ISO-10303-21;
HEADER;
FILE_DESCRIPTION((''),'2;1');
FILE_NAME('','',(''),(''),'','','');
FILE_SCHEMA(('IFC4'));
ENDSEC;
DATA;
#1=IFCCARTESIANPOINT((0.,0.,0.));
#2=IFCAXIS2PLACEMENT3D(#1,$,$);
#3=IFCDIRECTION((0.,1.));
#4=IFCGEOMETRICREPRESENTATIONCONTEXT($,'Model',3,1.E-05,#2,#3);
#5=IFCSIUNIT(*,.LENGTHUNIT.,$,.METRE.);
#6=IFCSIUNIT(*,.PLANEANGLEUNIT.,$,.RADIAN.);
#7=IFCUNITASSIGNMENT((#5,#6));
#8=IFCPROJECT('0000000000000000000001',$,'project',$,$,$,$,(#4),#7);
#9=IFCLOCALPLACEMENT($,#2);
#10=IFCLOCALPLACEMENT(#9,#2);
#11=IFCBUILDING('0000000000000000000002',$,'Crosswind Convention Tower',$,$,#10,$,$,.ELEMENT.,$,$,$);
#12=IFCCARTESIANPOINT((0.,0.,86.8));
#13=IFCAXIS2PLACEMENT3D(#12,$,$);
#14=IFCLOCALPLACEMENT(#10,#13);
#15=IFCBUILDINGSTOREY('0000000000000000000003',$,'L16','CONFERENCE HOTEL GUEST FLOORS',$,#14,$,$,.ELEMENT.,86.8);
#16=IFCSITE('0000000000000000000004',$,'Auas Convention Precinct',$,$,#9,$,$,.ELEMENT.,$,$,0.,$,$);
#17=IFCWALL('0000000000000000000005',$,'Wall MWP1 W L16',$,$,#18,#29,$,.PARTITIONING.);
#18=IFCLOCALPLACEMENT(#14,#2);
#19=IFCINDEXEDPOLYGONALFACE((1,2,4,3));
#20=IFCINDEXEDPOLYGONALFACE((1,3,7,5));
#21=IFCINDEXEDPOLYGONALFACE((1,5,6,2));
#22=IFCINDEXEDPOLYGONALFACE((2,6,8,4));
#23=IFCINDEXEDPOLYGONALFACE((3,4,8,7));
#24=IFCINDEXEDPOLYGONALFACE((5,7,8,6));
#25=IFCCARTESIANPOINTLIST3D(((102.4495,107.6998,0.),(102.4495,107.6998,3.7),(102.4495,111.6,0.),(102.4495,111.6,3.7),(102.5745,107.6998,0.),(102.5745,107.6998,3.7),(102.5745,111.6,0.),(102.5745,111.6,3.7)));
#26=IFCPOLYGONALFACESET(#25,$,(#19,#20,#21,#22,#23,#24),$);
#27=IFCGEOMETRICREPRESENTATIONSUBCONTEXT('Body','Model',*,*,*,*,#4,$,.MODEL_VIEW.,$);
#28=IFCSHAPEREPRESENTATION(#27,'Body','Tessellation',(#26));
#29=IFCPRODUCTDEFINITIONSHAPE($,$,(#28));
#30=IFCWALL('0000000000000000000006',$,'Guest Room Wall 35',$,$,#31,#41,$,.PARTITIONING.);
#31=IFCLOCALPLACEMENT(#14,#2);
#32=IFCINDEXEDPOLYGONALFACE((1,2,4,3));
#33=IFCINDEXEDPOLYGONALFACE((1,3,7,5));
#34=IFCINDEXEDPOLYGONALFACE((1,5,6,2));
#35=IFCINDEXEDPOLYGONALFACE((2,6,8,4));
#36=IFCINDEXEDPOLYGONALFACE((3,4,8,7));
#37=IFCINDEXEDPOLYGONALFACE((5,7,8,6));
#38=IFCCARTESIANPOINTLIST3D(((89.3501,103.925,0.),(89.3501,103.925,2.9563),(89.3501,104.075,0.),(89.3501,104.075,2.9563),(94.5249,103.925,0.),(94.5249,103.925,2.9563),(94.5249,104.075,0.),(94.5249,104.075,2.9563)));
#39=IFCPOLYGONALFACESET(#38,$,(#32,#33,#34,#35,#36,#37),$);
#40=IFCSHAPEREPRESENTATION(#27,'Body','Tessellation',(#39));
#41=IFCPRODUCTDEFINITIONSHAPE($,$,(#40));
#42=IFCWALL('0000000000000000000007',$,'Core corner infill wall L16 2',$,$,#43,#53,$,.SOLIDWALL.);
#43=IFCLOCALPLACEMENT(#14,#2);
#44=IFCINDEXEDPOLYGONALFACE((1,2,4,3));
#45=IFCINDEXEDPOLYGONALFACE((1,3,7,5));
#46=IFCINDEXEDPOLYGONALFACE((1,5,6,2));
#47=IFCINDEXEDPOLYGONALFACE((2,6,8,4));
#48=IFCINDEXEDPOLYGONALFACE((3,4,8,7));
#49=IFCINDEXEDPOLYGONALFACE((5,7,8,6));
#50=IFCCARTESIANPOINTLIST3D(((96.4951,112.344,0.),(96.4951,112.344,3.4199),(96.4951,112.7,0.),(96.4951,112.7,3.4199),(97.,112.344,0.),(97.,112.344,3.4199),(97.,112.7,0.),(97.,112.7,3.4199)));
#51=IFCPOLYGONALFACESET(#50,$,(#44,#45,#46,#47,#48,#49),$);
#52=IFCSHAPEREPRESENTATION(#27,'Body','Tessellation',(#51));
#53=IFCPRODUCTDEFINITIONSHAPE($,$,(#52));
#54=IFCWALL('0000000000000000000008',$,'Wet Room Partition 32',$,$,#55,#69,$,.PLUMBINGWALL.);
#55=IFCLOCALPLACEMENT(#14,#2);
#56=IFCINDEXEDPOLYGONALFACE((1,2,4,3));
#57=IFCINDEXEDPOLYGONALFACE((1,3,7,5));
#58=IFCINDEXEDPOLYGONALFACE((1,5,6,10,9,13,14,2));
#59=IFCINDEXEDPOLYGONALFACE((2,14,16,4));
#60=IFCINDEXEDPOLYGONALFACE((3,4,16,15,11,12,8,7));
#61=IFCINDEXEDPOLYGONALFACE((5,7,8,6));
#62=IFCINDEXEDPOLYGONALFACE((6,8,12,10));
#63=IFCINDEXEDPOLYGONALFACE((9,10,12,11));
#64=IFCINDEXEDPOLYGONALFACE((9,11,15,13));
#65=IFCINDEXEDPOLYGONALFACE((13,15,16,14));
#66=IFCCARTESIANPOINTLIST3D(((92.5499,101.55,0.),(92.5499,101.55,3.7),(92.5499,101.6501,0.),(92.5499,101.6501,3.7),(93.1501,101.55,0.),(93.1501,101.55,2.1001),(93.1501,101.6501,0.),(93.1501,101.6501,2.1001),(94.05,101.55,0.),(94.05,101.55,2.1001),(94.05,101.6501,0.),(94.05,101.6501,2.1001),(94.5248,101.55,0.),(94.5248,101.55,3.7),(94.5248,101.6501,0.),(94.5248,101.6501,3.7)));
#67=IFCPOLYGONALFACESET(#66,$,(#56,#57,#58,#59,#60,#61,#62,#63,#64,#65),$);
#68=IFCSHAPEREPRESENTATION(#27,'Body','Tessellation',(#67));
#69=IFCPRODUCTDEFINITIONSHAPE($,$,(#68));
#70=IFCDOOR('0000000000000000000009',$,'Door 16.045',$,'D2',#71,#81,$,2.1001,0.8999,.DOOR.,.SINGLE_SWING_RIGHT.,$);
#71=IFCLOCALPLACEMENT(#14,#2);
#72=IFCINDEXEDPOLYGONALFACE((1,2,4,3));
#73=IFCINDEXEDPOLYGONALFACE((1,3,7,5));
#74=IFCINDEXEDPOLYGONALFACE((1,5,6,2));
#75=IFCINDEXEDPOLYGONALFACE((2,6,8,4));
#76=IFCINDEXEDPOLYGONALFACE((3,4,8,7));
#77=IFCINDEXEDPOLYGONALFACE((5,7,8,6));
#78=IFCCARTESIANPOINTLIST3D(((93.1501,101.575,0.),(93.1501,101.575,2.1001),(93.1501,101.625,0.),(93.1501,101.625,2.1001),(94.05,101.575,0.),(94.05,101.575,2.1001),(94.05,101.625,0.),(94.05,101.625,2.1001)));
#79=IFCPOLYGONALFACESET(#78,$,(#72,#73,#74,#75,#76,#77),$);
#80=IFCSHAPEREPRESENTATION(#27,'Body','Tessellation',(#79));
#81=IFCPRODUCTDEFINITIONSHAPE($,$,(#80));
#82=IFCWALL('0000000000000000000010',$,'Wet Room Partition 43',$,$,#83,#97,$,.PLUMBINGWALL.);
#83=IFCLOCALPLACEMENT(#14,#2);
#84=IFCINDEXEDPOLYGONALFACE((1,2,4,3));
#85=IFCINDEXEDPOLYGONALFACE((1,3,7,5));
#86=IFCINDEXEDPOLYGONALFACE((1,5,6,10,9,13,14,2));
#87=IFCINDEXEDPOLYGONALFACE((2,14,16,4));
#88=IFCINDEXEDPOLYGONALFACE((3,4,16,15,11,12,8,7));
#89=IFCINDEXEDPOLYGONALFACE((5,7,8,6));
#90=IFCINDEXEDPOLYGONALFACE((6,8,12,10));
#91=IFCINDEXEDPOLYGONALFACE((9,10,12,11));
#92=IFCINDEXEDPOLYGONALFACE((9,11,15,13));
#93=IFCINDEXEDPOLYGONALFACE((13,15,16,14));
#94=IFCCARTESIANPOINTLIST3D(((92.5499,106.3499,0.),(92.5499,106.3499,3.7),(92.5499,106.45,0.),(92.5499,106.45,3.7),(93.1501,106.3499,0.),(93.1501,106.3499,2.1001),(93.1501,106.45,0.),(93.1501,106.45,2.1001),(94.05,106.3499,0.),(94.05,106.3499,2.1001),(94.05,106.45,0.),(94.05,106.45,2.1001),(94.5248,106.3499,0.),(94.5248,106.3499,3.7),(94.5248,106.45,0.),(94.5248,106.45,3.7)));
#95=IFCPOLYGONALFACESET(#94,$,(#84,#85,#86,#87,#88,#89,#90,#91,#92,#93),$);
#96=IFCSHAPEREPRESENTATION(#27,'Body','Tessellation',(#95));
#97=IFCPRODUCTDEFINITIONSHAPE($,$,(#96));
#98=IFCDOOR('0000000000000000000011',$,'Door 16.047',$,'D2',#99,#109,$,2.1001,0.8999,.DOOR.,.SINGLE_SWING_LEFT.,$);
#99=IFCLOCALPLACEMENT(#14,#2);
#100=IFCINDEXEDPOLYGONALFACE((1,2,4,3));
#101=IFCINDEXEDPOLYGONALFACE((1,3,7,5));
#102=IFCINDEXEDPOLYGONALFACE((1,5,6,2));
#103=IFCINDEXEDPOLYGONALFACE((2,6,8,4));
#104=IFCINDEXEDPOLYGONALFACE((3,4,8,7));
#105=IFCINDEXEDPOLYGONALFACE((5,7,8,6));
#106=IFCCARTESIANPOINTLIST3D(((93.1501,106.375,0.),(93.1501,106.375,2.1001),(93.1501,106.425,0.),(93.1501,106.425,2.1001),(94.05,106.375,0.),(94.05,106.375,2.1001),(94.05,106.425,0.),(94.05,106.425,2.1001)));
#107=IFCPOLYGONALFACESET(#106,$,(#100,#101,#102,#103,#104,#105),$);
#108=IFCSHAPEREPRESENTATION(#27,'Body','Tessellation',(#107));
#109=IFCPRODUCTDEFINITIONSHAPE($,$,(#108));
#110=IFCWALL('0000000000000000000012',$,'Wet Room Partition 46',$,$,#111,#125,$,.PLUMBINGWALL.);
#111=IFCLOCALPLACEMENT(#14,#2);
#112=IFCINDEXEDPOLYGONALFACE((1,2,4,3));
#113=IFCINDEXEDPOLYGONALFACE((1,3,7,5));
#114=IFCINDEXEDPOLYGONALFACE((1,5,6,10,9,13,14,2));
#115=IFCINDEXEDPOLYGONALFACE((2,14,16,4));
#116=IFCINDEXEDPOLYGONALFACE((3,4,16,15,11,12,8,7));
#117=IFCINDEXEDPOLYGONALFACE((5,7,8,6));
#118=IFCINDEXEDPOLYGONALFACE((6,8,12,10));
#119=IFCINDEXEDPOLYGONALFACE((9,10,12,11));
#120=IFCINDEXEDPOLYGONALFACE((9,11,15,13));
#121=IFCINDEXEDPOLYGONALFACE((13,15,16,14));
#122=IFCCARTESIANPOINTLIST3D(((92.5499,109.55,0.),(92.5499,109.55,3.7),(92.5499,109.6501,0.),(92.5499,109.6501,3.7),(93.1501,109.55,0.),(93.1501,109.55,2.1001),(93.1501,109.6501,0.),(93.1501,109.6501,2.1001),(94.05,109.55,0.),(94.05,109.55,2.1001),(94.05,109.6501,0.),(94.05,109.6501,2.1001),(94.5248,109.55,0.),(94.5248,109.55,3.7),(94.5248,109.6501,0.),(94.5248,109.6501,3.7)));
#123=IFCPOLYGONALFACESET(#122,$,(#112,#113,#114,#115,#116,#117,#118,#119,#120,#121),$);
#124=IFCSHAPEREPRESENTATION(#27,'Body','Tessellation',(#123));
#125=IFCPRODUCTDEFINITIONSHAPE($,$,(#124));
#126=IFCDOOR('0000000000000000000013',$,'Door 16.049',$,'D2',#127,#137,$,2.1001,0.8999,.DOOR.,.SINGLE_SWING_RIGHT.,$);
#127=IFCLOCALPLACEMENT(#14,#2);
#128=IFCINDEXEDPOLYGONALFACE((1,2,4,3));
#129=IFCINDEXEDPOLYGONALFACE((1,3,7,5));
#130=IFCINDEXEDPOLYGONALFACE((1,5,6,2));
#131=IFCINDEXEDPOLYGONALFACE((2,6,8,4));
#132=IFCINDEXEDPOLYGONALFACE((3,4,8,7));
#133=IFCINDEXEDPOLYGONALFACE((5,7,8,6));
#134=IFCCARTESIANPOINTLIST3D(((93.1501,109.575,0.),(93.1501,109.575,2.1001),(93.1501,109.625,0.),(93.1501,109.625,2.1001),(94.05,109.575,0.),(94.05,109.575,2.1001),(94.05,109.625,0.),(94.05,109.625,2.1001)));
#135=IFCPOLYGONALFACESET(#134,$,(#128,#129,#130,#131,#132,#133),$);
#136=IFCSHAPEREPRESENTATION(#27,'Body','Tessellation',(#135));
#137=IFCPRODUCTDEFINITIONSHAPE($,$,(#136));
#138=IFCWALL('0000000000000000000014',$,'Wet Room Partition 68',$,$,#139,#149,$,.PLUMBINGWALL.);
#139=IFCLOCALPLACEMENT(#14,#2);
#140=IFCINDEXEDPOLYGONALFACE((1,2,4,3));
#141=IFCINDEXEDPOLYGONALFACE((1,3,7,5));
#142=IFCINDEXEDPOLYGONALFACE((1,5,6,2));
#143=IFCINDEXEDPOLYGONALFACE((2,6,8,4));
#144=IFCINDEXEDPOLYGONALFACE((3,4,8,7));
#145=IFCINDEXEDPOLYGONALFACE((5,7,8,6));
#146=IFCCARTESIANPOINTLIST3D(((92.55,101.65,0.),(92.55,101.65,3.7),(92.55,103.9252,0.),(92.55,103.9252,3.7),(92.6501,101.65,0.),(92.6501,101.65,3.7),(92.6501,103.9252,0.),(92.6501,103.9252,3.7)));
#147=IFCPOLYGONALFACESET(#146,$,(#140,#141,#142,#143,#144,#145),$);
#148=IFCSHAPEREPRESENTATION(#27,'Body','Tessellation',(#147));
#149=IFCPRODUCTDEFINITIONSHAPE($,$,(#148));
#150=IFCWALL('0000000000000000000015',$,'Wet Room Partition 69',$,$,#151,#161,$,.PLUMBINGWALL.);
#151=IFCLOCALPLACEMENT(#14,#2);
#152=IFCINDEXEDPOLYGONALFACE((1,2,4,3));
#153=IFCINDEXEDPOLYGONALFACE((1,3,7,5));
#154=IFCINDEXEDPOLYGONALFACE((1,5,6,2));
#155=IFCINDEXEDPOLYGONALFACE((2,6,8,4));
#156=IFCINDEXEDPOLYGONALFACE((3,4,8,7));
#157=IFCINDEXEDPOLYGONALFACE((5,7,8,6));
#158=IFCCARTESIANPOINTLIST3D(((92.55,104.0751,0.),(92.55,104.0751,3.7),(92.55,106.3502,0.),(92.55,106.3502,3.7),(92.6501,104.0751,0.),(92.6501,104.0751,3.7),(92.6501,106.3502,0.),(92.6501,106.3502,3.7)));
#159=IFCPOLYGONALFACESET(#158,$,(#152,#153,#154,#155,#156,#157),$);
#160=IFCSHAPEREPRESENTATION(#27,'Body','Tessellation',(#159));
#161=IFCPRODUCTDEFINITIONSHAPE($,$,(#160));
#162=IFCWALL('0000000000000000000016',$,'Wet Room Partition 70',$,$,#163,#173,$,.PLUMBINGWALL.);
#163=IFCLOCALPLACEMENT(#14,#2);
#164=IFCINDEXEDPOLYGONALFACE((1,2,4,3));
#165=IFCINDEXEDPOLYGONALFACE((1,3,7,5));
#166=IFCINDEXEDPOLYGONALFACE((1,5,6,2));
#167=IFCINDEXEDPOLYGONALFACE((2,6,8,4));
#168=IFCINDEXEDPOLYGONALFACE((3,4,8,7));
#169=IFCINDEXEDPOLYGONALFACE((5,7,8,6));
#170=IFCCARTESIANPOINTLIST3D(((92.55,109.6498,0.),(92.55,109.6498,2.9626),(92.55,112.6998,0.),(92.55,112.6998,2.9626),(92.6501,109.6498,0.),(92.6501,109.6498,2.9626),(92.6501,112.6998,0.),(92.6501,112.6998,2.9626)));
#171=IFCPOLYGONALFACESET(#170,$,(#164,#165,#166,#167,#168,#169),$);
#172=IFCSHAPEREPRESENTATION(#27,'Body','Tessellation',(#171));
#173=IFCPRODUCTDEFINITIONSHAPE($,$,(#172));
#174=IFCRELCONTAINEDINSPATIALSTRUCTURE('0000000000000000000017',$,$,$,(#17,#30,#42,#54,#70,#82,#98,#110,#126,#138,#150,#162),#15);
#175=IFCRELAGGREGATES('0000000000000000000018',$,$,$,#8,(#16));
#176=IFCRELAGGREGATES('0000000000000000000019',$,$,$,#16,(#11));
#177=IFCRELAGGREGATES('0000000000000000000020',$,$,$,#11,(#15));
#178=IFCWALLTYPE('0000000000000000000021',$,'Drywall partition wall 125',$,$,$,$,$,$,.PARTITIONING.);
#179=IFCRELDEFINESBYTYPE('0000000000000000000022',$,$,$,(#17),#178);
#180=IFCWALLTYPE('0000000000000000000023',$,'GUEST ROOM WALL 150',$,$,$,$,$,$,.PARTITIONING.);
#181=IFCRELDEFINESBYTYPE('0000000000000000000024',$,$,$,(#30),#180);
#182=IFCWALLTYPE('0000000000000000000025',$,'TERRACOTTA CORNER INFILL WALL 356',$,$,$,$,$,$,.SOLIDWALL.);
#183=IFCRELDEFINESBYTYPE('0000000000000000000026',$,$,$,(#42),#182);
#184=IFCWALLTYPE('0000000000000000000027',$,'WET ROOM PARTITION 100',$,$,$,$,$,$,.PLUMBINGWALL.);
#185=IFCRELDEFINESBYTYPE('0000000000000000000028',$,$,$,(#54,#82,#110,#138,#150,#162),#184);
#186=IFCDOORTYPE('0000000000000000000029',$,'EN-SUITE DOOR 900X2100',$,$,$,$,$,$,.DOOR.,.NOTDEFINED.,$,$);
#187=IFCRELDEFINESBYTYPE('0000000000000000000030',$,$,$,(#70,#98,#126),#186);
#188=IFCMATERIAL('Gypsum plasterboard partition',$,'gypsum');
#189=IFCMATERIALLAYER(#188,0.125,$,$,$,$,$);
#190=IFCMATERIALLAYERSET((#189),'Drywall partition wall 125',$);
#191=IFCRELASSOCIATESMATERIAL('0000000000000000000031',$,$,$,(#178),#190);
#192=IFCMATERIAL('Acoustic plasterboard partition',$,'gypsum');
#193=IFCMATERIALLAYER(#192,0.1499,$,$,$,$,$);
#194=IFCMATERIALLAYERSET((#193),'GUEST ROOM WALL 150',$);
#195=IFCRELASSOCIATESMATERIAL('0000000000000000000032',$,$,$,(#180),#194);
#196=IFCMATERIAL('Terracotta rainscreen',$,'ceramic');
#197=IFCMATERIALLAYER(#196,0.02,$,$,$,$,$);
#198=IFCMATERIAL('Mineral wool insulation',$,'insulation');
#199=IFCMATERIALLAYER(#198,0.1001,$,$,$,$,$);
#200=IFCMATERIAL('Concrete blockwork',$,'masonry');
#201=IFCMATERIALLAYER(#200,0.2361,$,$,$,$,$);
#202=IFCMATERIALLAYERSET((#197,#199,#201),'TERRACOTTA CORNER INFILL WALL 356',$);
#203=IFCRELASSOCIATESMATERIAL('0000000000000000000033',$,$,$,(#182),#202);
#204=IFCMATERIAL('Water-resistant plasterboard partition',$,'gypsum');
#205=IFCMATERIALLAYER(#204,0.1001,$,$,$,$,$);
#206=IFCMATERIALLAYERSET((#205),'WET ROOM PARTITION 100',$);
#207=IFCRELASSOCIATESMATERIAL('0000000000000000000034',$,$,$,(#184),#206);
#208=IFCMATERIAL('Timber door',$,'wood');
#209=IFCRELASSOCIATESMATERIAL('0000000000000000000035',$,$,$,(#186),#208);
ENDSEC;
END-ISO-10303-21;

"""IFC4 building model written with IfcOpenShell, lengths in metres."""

from ifc_helpers import new_model, si_unit, direction, frame, frame_2d, origin, place, context, subcontext, project, spatial, rectangle, extrude, material, layer, layer_set, type_object, element, fill, save


model = new_model("IFC4")

# Units and contexts
model_context = context("Model", 3, precision=1e-05, world=origin(), true_north=direction((0.0, 1.0)))
body_context = subcontext(model_context, "Body", "Model", "MODEL_VIEW")
ifc_project = project(units=[si_unit("LENGTHUNIT", "METRE"), si_unit("PLANEANGLEUNIT", "RADIAN")], contexts=[model_context])

# Site, building, storey
site_placement = place(None, origin())
site = spatial("IfcSite", under=ifc_project, at=site_placement, Name="Auas Convention Precinct", CompositionType="ELEMENT", RefElevation=0.0)
building_placement = place(site_placement, origin())
building = spatial("IfcBuilding", under=site, at=building_placement, Name="Crosswind Convention Tower", CompositionType="ELEMENT")
storey_placement = place(building_placement, frame((0.0, 0.0, 86.8)))
storey = spatial("IfcBuildingStorey", under=building, at=storey_placement, Name="L16", Description="CONFERENCE HOTEL GUEST FLOORS", CompositionType="ELEMENT", Elevation=86.8)

# Walls
ifc_material_1 = material(Name="Gypsum plasterboard partition", Category="gypsum")
ifc_layer_1 = layer(ifc_material_1, 0.125)
ifc_layer_set_1 = layer_set([ifc_layer_1], Name="Drywall partition wall 125")
wall_type_1 = type_object("IfcWallType", Name="Drywall partition wall 125", PredefinedType="PARTITIONING", material=ifc_layer_set_1)
wall_1_placement = place(storey_placement, frame((102.512, 111.6001, 0.0), z_axis=(0.0, 0.0, 1.0), x_axis=(0.0, -1.0, 0.0)))
element("IfcWall", 1, at=wall_1_placement, inside=storey, type_object=wall_type_1, Name="Wall MWP1 W L16", PredefinedType="PARTITIONING", context=body_context, shape_type="SweptSolid", body=[
    extrude(rectangle(XDim=3.9001, YDim=0.125, at=frame_2d((1.9502, 0.0))), origin(), (0.0, 0.0, 1.0), 3.7),
])
ifc_material_2 = material(Name="Acoustic plasterboard partition", Category="gypsum")
ifc_layer_2 = layer(ifc_material_2, 0.1499)
ifc_layer_set_2 = layer_set([ifc_layer_2], Name="GUEST ROOM WALL 150")
wall_type_2 = type_object("IfcWallType", Name="GUEST ROOM WALL 150", PredefinedType="PARTITIONING", material=ifc_layer_set_2)
wall_2_placement = place(storey_placement, frame((89.3501, 104.0, 0.0), z_axis=(0.0, 0.0, 1.0), x_axis=(1.0, 0.0, 0.0)))
element("IfcWall", 2, at=wall_2_placement, inside=storey, type_object=wall_type_2, Name="Guest Room Wall 35", PredefinedType="PARTITIONING", context=body_context, shape_type="SweptSolid", body=[
    extrude(rectangle(XDim=5.1748, YDim=0.1499, at=frame_2d((2.5874, 0.0))), origin(), (0.0, 0.0, 1.0), 2.9563),
])
ifc_material_3 = material(Name="Terracotta rainscreen", Category="ceramic")
ifc_layer_3 = layer(ifc_material_3, 0.02)
ifc_material_4 = material(Name="Mineral wool insulation", Category="insulation")
ifc_layer_4 = layer(ifc_material_4, 0.1001)
ifc_material_5 = material(Name="Concrete blockwork", Category="masonry")
ifc_layer_5 = layer(ifc_material_5, 0.2361)
ifc_layer_set_3 = layer_set([ifc_layer_3, ifc_layer_4, ifc_layer_5], Name="TERRACOTTA CORNER INFILL WALL 356")
wall_type_3 = type_object("IfcWallType", Name="TERRACOTTA CORNER INFILL WALL 356", PredefinedType="SOLIDWALL", material=ifc_layer_set_3)
wall_3_placement = place(storey_placement, frame((96.4951, 112.522, 0.0), z_axis=(0.0, 0.0, 1.0), x_axis=(1.0, 0.0, 0.0)))
element("IfcWall", 3, at=wall_3_placement, inside=storey, type_object=wall_type_3, Name="Core corner infill wall L16 2", PredefinedType="SOLIDWALL", context=body_context, shape_type="SweptSolid", body=[
    extrude(rectangle(XDim=0.5049, YDim=0.356, at=frame_2d((0.2524, 0.0))), origin(), (0.0, 0.0, 1.0), 3.4199),
])

# Walls, openings, doors
ifc_material_6 = material(Name="Water-resistant plasterboard partition", Category="gypsum")
ifc_layer_6 = layer(ifc_material_6, 0.1001)
ifc_layer_set_4 = layer_set([ifc_layer_6], Name="WET ROOM PARTITION 100")
wall_type_4 = type_object("IfcWallType", Name="WET ROOM PARTITION 100", PredefinedType="PLUMBINGWALL", material=ifc_layer_set_4)
wall_4_placement = place(storey_placement, frame((92.55, 101.6001, 0.0), z_axis=(0.0, 0.0, 1.0), x_axis=(1.0, 0.0, 0.0)))
wall_4 = element("IfcWall", 4, at=wall_4_placement, inside=storey, type_object=wall_type_4, Name="Wet Room Partition 32", PredefinedType="PLUMBINGWALL", context=body_context, shape_type="SweptSolid", body=[
    extrude(rectangle(XDim=1.9749, YDim=0.1001, at=frame_2d((0.9873, 0.0))), origin(), (0.0, 0.0, 1.0), 3.7),
])
opening_1_placement = place(wall_4_placement, frame((0.6001, 0.0, 0.0)))
opening_1 = element("IfcOpeningElement", 5, at=opening_1_placement, cuts=wall_4, PredefinedType="OPENING", context=body_context, shape_type="SweptSolid", body=[
    extrude(rectangle(XDim=0.8999, YDim=2.1001, at=frame_2d((0.45, 1.05))), frame((0.0, 0.0601, 0.0), z_axis=(0.0, -1.0, 0.0), x_axis=(1.0, 0.0, 0.0)), (0.0, 0.0, 1.0), 0.1201),
])
ifc_material_7 = material(Name="Timber door", Category="wood")
door_type_1 = type_object("IfcDoorType", Name="EN-SUITE DOOR 900X2100", OperationType="NOTDEFINED", PredefinedType="DOOR", material=ifc_material_7)
door_1_placement = place(opening_1_placement, origin())
door_1 = element("IfcDoor", 6, at=door_1_placement, inside=storey, type_object=door_type_1, Name="Door 16.045", ObjectType="D2", OperationType="SINGLE_SWING_RIGHT", OverallHeight=2.1001, OverallWidth=0.8999, PredefinedType="DOOR", context=body_context, shape_type="SweptSolid", body=[
    extrude(rectangle(XDim=0.8999, YDim=2.1001, at=frame_2d((0.45, 1.05))), frame((0.0, 0.0249, 0.0), z_axis=(0.0, -1.0, 0.0), x_axis=(1.0, 0.0, 0.0)), (0.0, 0.0, 1.0), 0.05),
])
fill(opening_1, door_1)
wall_5_placement = place(storey_placement, frame((92.55, 106.3999, 0.0), z_axis=(0.0, 0.0, 1.0), x_axis=(1.0, 0.0, 0.0)))
wall_5 = element("IfcWall", 7, at=wall_5_placement, inside=storey, type_object=wall_type_4, Name="Wet Room Partition 43", PredefinedType="PLUMBINGWALL", context=body_context, shape_type="SweptSolid", body=[
    extrude(rectangle(XDim=1.9749, YDim=0.1001, at=frame_2d((0.9873, 0.0))), origin(), (0.0, 0.0, 1.0), 3.7),
])
opening_2_placement = place(wall_5_placement, frame((0.6001, 0.0, 0.0)))
opening_2 = element("IfcOpeningElement", 8, at=opening_2_placement, cuts=wall_5, PredefinedType="OPENING", context=body_context, shape_type="SweptSolid", body=[
    extrude(rectangle(XDim=0.8999, YDim=2.1001, at=frame_2d((0.45, 1.05))), frame((0.0, 0.0601, 0.0), z_axis=(0.0, -1.0, 0.0), x_axis=(1.0, 0.0, 0.0)), (0.0, 0.0, 1.0), 0.1201),
])
door_2_placement = place(opening_2_placement, frame((0.8999, 0.0, 0.0), z_axis=(0.0, 0.0, 1.0), x_axis=(-1.0, 0.0, 0.0)))
door_2 = element("IfcDoor", 9, at=door_2_placement, inside=storey, type_object=door_type_1, Name="Door 16.047", ObjectType="D2", OperationType="SINGLE_SWING_LEFT", OverallHeight=2.1001, OverallWidth=0.8999, PredefinedType="DOOR", context=body_context, shape_type="SweptSolid", body=[
    extrude(rectangle(XDim=0.8999, YDim=2.1001, at=frame_2d((0.45, 1.05))), frame((0.0, 0.0249, 0.0), z_axis=(0.0, -1.0, 0.0), x_axis=(1.0, 0.0, 0.0)), (0.0, 0.0, 1.0), 0.05),
])
fill(opening_2, door_2)
wall_6_placement = place(storey_placement, frame((92.55, 109.6001, 0.0), z_axis=(0.0, 0.0, 1.0), x_axis=(1.0, 0.0, 0.0)))
wall_6 = element("IfcWall", 10, at=wall_6_placement, inside=storey, type_object=wall_type_4, Name="Wet Room Partition 46", PredefinedType="PLUMBINGWALL", context=body_context, shape_type="SweptSolid", body=[
    extrude(rectangle(XDim=1.9749, YDim=0.1001, at=frame_2d((0.9873, 0.0))), origin(), (0.0, 0.0, 1.0), 3.7),
])
opening_3_placement = place(wall_6_placement, frame((0.6001, 0.0, 0.0)))
opening_3 = element("IfcOpeningElement", 11, at=opening_3_placement, cuts=wall_6, PredefinedType="OPENING", context=body_context, shape_type="SweptSolid", body=[
    extrude(rectangle(XDim=0.8999, YDim=2.1001, at=frame_2d((0.45, 1.05))), frame((0.0, 0.0601, 0.0), z_axis=(0.0, -1.0, 0.0), x_axis=(1.0, 0.0, 0.0)), (0.0, 0.0, 1.0), 0.1201),
])
door_3_placement = place(opening_3_placement, origin())
door_3 = element("IfcDoor", 12, at=door_3_placement, inside=storey, type_object=door_type_1, Name="Door 16.049", ObjectType="D2", OperationType="SINGLE_SWING_RIGHT", OverallHeight=2.1001, OverallWidth=0.8999, PredefinedType="DOOR", context=body_context, shape_type="SweptSolid", body=[
    extrude(rectangle(XDim=0.8999, YDim=2.1001, at=frame_2d((0.45, 1.05))), frame((0.0, 0.0249, 0.0), z_axis=(0.0, -1.0, 0.0), x_axis=(1.0, 0.0, 0.0)), (0.0, 0.0, 1.0), 0.05),
])
fill(opening_3, door_3)

# Walls
for number, where, z_axis, x_axis, name in (
    (13, (92.6001, 101.6499, 0.0), (0.0, 0.0, 1.0), (0.0, 1.0, 0.0), "Wet Room Partition 68"),
    (14, (92.6001, 104.075, 0.0), (0.0, 0.0, 1.0), (0.0, 1.0, 0.0), "Wet Room Partition 69"),
):
    element("IfcWall", number, at=place(storey_placement, frame(where, z_axis=z_axis, x_axis=x_axis)), inside=storey, type_object=wall_type_4, Name=name, PredefinedType="PLUMBINGWALL", context=body_context, shape_type="SweptSolid", body=[
        extrude(rectangle(XDim=2.2751, YDim=0.1001, at=frame_2d((1.1377, 0.0))), origin(), (0.0, 0.0, 1.0), 3.7),
    ])
wall_7_placement = place(storey_placement, frame((92.6001, 109.6499, 0.0), z_axis=(0.0, 0.0, 1.0), x_axis=(0.0, 1.0, 0.0)))
element("IfcWall", 15, at=wall_7_placement, inside=storey, type_object=wall_type_4, Name="Wet Room Partition 70", PredefinedType="PLUMBINGWALL", context=body_context, shape_type="SweptSolid", body=[
    extrude(rectangle(XDim=3.05, YDim=0.1001, at=frame_2d((1.5249, 0.0))), origin(), (0.0, 0.0, 1.0), 2.9626),
])

save(model, "model.ifc")
